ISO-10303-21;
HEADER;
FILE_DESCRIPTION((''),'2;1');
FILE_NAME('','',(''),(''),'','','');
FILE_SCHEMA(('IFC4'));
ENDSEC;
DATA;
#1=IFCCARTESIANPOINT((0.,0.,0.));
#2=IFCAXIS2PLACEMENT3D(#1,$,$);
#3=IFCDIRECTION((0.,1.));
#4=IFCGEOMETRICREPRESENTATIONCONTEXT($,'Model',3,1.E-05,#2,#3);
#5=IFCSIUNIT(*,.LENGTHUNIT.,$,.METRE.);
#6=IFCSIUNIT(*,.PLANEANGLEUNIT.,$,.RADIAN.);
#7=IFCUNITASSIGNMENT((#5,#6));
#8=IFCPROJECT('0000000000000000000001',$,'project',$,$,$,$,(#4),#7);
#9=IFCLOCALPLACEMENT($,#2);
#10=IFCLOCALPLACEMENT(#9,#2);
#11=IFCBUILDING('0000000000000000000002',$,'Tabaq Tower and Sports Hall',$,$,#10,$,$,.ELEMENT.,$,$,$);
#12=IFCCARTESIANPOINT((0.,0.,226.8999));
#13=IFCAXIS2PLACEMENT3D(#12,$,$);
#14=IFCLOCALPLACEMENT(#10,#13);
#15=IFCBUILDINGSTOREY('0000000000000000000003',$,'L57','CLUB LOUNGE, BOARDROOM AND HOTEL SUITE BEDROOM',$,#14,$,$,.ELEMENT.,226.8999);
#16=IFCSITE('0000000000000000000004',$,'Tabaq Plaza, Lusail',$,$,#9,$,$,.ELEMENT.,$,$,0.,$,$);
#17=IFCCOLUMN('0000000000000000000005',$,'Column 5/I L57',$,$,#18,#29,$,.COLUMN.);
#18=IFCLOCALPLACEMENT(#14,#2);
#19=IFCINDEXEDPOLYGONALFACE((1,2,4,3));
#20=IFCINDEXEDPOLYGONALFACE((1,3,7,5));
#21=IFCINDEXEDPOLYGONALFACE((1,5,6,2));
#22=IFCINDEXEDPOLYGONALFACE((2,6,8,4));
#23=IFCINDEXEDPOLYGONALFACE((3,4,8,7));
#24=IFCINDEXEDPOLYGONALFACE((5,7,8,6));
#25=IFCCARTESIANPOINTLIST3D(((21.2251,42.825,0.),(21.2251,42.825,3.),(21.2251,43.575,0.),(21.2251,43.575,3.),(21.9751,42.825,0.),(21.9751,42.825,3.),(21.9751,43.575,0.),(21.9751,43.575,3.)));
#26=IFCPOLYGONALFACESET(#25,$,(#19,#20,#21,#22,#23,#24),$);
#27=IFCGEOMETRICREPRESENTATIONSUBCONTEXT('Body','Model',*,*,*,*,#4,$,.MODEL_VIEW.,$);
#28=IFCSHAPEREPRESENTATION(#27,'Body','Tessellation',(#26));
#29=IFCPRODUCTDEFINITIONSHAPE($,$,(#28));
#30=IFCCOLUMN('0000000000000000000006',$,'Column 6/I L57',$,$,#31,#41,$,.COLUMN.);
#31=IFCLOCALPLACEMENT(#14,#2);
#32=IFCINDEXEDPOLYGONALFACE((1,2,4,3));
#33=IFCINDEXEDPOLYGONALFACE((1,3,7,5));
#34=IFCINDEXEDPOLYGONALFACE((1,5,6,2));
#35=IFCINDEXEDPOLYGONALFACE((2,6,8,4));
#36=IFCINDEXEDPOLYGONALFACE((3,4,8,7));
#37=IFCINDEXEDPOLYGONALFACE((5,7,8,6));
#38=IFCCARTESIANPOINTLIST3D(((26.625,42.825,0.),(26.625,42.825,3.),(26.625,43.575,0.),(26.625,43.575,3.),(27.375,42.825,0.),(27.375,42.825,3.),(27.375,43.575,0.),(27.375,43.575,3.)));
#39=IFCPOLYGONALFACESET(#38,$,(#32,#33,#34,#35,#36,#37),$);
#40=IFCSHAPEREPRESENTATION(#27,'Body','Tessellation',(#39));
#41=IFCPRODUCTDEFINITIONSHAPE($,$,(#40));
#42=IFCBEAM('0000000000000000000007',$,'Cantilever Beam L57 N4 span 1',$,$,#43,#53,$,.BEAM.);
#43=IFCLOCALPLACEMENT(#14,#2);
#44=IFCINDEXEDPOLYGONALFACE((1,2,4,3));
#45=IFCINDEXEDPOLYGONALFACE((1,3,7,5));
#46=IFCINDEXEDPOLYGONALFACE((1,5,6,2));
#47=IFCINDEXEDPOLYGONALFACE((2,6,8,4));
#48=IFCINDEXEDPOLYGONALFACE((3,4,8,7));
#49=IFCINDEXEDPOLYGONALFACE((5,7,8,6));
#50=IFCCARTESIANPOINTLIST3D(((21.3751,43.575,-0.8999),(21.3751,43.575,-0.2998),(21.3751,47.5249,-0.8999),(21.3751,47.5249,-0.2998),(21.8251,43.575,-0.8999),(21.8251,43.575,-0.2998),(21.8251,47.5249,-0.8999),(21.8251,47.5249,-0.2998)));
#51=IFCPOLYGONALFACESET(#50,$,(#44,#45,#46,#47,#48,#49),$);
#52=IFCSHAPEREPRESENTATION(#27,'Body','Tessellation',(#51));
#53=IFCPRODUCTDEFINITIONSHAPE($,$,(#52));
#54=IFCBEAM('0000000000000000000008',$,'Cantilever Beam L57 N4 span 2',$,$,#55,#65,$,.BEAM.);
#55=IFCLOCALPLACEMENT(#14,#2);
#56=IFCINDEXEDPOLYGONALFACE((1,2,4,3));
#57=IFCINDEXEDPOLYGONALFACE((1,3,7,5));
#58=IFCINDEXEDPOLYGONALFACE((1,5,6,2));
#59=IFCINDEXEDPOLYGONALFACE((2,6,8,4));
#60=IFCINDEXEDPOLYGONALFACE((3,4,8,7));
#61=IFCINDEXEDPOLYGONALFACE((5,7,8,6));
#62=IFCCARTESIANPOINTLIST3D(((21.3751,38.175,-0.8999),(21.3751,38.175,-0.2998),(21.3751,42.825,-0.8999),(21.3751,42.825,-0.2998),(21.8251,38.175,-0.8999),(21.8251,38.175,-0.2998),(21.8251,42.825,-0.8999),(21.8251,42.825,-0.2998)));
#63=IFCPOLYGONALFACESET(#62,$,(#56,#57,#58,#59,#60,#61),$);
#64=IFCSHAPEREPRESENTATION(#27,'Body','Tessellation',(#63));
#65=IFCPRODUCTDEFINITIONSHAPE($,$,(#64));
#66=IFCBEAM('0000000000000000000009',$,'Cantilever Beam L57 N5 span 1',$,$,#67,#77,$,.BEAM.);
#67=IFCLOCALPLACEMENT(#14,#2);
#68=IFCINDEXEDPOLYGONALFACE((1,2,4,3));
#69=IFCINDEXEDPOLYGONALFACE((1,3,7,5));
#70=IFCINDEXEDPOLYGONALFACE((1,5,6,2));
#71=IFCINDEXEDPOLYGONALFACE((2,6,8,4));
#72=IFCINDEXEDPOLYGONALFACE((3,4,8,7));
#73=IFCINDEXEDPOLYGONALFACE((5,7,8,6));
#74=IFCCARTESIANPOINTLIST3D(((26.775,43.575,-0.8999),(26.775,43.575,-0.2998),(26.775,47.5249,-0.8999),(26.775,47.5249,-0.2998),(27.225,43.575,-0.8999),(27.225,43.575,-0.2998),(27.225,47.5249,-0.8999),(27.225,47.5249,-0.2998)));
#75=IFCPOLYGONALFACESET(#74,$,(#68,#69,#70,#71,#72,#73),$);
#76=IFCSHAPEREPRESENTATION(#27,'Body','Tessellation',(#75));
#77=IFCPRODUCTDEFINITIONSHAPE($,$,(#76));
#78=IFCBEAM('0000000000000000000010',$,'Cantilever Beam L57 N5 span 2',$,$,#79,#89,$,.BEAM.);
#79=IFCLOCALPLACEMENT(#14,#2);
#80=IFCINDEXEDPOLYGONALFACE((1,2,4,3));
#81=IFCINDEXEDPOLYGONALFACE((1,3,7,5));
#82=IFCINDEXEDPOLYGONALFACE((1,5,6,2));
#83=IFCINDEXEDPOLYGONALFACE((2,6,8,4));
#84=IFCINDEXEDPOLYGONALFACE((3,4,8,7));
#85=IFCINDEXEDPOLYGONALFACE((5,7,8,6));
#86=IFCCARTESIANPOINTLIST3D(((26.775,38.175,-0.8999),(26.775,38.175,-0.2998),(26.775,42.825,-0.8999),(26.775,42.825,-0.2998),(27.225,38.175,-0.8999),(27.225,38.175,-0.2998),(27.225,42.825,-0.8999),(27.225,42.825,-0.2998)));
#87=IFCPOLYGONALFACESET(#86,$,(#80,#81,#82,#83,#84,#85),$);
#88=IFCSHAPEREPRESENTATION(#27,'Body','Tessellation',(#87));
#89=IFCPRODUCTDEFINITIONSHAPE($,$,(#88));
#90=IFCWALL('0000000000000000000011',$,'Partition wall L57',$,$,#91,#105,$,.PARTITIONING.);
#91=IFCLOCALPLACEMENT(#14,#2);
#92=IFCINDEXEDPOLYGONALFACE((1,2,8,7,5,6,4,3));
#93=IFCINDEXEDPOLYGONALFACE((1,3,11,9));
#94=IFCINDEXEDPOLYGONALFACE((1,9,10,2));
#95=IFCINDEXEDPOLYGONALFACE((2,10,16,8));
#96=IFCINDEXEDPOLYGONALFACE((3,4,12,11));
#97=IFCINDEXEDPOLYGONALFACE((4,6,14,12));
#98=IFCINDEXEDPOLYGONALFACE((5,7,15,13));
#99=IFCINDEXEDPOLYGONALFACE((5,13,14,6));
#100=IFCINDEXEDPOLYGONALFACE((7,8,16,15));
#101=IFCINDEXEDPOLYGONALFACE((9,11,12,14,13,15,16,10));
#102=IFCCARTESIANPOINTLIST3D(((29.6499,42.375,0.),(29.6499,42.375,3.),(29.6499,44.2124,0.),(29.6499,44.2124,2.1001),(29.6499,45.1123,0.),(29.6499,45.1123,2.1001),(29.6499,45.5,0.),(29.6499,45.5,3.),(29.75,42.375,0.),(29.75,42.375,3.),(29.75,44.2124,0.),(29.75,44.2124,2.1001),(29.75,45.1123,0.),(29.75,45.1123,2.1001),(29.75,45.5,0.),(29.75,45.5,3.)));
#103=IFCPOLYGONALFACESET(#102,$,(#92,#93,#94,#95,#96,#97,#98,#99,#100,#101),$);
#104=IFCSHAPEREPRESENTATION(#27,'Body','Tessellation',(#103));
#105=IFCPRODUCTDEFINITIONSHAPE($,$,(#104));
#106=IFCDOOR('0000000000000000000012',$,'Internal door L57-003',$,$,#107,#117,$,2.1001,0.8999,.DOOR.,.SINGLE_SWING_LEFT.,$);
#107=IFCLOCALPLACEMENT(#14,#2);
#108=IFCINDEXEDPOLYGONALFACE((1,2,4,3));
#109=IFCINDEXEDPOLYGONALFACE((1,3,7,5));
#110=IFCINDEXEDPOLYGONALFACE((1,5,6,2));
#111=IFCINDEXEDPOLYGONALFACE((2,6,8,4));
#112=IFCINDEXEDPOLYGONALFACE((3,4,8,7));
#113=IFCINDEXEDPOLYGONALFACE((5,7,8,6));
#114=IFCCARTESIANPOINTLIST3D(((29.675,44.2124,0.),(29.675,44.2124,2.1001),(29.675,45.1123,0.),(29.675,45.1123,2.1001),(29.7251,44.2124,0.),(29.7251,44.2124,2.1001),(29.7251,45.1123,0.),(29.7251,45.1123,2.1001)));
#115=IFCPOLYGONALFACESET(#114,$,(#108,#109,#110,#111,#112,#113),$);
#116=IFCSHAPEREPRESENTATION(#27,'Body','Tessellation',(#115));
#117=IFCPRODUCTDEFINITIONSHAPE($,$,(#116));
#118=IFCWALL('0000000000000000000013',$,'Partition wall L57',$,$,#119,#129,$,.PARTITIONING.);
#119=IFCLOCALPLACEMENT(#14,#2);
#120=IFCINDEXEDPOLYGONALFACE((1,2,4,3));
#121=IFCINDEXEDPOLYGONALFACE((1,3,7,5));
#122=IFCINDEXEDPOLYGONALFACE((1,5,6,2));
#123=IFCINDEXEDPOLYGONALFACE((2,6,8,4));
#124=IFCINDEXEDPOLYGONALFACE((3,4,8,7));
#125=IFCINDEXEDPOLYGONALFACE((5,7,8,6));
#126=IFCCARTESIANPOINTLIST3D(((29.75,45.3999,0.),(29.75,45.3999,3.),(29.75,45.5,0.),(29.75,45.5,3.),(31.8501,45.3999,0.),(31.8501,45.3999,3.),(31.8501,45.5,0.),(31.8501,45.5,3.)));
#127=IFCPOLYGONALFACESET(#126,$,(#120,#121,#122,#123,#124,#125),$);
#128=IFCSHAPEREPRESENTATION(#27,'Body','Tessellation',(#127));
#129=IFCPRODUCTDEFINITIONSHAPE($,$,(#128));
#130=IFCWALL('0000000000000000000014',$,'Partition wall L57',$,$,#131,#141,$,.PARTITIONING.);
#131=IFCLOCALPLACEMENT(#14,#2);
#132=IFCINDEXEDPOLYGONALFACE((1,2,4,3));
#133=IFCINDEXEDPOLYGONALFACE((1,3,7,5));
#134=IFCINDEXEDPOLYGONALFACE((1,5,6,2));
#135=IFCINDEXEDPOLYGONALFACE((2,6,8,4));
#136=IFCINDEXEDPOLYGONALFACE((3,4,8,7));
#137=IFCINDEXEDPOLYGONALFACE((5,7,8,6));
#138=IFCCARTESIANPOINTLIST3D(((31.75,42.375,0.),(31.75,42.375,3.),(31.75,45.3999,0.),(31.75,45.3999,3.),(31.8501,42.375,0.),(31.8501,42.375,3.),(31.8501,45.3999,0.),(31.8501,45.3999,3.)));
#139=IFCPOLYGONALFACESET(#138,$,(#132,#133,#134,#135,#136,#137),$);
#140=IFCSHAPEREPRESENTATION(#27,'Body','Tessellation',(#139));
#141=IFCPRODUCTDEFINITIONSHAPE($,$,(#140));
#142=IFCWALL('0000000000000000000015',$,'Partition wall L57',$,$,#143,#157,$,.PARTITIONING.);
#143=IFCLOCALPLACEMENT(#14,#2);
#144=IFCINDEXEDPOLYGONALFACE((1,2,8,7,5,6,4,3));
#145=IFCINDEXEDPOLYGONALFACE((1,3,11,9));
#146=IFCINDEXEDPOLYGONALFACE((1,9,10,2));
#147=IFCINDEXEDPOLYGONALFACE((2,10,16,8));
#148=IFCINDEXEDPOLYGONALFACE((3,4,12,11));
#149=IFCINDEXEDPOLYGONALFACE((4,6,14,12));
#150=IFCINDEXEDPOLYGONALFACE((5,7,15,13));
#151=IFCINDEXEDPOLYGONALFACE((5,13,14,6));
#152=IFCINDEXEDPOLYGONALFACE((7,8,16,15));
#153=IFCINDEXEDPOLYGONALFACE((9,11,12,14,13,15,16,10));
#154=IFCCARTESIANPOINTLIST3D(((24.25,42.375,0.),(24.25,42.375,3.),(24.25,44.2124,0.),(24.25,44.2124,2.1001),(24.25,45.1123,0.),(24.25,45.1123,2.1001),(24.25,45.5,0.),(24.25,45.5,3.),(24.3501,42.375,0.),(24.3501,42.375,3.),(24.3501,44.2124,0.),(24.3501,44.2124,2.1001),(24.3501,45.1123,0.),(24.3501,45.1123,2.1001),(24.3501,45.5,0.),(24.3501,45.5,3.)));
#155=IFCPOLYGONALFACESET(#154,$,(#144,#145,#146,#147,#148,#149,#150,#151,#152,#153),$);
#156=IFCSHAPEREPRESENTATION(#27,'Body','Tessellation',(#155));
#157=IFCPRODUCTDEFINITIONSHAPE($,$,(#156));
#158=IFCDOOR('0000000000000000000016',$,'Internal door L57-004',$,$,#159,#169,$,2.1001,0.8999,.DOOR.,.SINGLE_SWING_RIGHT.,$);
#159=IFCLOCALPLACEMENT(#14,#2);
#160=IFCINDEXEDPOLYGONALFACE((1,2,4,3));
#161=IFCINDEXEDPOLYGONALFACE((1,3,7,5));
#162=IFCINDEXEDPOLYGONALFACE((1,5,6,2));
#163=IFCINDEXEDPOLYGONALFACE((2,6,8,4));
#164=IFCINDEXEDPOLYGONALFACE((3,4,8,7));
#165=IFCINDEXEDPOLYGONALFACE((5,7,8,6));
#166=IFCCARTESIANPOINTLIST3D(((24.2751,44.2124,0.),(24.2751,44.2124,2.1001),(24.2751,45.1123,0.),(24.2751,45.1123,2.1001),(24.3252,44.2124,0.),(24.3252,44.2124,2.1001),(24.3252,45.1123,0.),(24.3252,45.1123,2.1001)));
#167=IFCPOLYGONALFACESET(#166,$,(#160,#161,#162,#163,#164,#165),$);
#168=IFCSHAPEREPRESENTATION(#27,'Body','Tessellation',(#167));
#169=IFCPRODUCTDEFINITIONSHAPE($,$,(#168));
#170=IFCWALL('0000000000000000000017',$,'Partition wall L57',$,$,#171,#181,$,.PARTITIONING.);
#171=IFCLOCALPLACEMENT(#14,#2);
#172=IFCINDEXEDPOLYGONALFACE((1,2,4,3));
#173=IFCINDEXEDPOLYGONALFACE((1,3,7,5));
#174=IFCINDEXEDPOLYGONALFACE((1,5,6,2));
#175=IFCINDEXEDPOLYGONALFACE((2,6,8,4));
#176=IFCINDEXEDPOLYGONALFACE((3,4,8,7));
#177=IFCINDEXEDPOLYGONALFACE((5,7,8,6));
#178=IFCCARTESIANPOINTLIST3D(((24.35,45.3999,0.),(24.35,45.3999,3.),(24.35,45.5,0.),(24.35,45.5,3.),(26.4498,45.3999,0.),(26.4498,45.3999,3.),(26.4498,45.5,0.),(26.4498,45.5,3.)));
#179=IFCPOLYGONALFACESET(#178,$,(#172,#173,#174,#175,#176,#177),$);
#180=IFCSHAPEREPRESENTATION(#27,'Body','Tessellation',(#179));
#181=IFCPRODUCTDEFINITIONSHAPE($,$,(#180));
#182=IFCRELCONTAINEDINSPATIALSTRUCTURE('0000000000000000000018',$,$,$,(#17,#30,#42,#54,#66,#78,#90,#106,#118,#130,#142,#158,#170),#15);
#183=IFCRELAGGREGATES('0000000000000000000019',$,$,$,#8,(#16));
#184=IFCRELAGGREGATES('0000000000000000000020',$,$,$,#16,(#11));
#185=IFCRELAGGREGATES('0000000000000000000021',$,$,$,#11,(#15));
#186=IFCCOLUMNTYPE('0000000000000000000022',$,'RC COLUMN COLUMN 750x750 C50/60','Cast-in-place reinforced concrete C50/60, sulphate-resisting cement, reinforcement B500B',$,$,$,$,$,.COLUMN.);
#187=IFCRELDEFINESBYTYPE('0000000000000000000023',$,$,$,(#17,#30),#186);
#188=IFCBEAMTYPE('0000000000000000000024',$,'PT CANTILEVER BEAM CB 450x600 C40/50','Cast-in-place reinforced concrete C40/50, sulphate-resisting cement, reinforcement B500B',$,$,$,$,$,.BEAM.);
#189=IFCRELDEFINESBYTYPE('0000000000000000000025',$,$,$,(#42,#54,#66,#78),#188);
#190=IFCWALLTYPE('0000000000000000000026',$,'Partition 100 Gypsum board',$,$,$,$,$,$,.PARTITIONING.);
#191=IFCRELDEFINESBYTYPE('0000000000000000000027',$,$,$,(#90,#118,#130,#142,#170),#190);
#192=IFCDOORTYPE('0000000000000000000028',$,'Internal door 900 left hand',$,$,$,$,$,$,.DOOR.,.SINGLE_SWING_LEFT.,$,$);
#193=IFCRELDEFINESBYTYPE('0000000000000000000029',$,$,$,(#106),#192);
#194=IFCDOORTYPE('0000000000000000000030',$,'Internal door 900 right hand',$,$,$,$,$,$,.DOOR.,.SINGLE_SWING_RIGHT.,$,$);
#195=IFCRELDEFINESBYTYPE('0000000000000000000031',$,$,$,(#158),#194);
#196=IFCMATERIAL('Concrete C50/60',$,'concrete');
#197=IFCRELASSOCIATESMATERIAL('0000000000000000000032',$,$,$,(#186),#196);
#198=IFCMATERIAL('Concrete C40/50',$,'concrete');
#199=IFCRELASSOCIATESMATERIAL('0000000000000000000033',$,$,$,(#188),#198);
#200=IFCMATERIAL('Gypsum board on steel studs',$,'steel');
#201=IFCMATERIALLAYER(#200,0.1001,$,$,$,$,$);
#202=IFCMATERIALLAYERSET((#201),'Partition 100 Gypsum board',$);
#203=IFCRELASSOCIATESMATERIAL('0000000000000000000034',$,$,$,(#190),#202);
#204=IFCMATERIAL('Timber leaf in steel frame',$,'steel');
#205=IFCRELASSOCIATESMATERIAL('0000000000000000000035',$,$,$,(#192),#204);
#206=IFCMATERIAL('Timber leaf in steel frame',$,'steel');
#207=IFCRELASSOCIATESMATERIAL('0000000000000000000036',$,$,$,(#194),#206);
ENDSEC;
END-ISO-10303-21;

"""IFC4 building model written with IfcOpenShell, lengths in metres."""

from ifc_helpers import new_model, si_unit, direction, frame, frame_2d, origin, origin_2d, place, context, subcontext, project, spatial, rectangle, extrude, material, layer, layer_set, material_profile, profile_set, type_object, element, fill, save


model = new_model("IFC4")

# Units and contexts
model_context = context("Model", 3, precision=1e-05, world=origin(), true_north=direction((0.0, 1.0)))
body_context = subcontext(model_context, "Body", "Model", "MODEL_VIEW")
ifc_project = project(units=[si_unit("LENGTHUNIT", "METRE"), si_unit("PLANEANGLEUNIT", "RADIAN")], contexts=[model_context])

# Site, building, storey
site_placement = place(None, origin())
site = spatial("IfcSite", under=ifc_project, at=site_placement, Name="Tabaq Plaza, Lusail", CompositionType="ELEMENT", RefElevation=0.0)
building_placement = place(site_placement, origin())
building = spatial("IfcBuilding", under=site, at=building_placement, Name="Tabaq Tower and Sports Hall", CompositionType="ELEMENT")
storey_placement = place(building_placement, frame((0.0, 0.0, 226.8999)))
storey = spatial("IfcBuildingStorey", under=building, at=storey_placement, Name="L57", Description="CLUB LOUNGE, BOARDROOM AND HOTEL SUITE BEDROOM", CompositionType="ELEMENT", Elevation=226.8999)

# Columns
ifc_material_1 = material(Name="Concrete C50/60", Category="concrete")
ifc_material_profile_1 = material_profile(ifc_material_1, rectangle(XDim=0.75, YDim=0.75, at=origin_2d()), Name="COLUMN 750x750")
ifc_profile_set_1 = profile_set([ifc_material_profile_1], Name="Concrete C50/60")
column_type = type_object("IfcColumnType", Name="RC COLUMN COLUMN 750x750 C50/60", Description="Cast-in-place reinforced concrete C50/60, sulphate-resisting cement, reinforcement B500B", PredefinedType="COLUMN", material=ifc_profile_set_1)
for number, where, z_axis, x_axis, name in (
    (1, (21.6001, 43.2, 0.0), (0.0, 0.0, 1.0), (1.0, 0.0, 0.0), "Column 5/I L57"),
    (2, (27.0, 43.2, 0.0), (0.0, 0.0, 1.0), (1.0, 0.0, 0.0), "Column 6/I L57"),
):
    element("IfcColumn", number, at=place(storey_placement, frame(where, z_axis=z_axis, x_axis=x_axis)), inside=storey, type_object=column_type, Name=name, PredefinedType="COLUMN", context=body_context, shape_type="SweptSolid", body=[
        extrude(rectangle(XDim=0.75, YDim=0.75, at=origin_2d()), origin(), (0.0, 0.0, 1.0), 3.0),
    ])

# Beams
ifc_material_2 = material(Name="Concrete C40/50", Category="concrete")
ifc_material_profile_2 = material_profile(ifc_material_2, rectangle(XDim=0.45, YDim=0.6001, at=origin_2d()), Name="CB 450x600")
ifc_profile_set_2 = profile_set([ifc_material_profile_2], Name="Concrete C40/50")
beam_type = type_object("IfcBeamType", Name="PT CANTILEVER BEAM CB 450x600 C40/50", Description="Cast-in-place reinforced concrete C40/50, sulphate-resisting cement, reinforcement B500B", PredefinedType="BEAM", material=ifc_profile_set_2)
beam_1_placement = place(storey_placement, frame((21.6001, 47.5249, -0.5999), z_axis=(0.0, -1.0, 0.0), x_axis=(1.0, 0.0, 0.0)))
element("IfcBeam", 3, at=beam_1_placement, inside=storey, type_object=beam_type, Name="Cantilever Beam L57 N4 span 1", PredefinedType="BEAM", context=body_context, shape_type="SweptSolid", body=[
    extrude(rectangle(XDim=0.45, YDim=0.6001, at=origin_2d()), origin(), (0.0, 0.0, 1.0), 3.95),
])
beam_2_placement = place(storey_placement, frame((21.6001, 42.825, -0.5999), z_axis=(0.0, -1.0, 0.0), x_axis=(1.0, 0.0, 0.0)))
element("IfcBeam", 4, at=beam_2_placement, inside=storey, type_object=beam_type, Name="Cantilever Beam L57 N4 span 2", PredefinedType="BEAM", context=body_context, shape_type="SweptSolid", body=[
    extrude(rectangle(XDim=0.45, YDim=0.6001, at=origin_2d()), origin(), (0.0, 0.0, 1.0), 4.6499),
])
beam_3_placement = place(storey_placement, frame((27.0, 47.5249, -0.5999), z_axis=(0.0, -1.0, 0.0), x_axis=(1.0, 0.0, 0.0)))
element("IfcBeam", 5, at=beam_3_placement, inside=storey, type_object=beam_type, Name="Cantilever Beam L57 N5 span 1", PredefinedType="BEAM", context=body_context, shape_type="SweptSolid", body=[
    extrude(rectangle(XDim=0.45, YDim=0.6001, at=origin_2d()), origin(), (0.0, 0.0, 1.0), 3.95),
])
beam_4_placement = place(storey_placement, frame((27.0, 42.825, -0.5999), z_axis=(0.0, -1.0, 0.0), x_axis=(1.0, 0.0, 0.0)))
element("IfcBeam", 6, at=beam_4_placement, inside=storey, type_object=beam_type, Name="Cantilever Beam L57 N5 span 2", PredefinedType="BEAM", context=body_context, shape_type="SweptSolid", body=[
    extrude(rectangle(XDim=0.45, YDim=0.6001, at=origin_2d()), origin(), (0.0, 0.0, 1.0), 4.6499),
])

# Wall, opening, door
ifc_material_3 = material(Name="Gypsum board on steel studs", Category="steel")
ifc_layer_1 = layer(ifc_material_3, 0.1001)
ifc_layer_set_1 = layer_set([ifc_layer_1], Name="Partition 100 Gypsum board")
wall_type_1 = type_object("IfcWallType", Name="Partition 100 Gypsum board", PredefinedType="PARTITIONING", material=ifc_layer_set_1)
wall_1_placement = place(storey_placement, frame((29.7, 42.375, 0.0), z_axis=(0.0, 0.0, 1.0), x_axis=(0.0, 1.0, 0.0)))
wall_1 = element("IfcWall", 7, at=wall_1_placement, inside=storey, type_object=wall_type_1, Name="Partition wall L57", PredefinedType="PARTITIONING", context=body_context, shape_type="SweptSolid", body=[
    extrude(rectangle(XDim=3.125, YDim=0.1001, at=frame_2d((1.5625, 0.0))), origin(), (0.0, 0.0, 1.0), 3.0),
])
opening_1_placement = place(wall_1_placement, frame((1.8374, 0.0, 0.0)))
opening_1 = element("IfcOpeningElement", 8, at=opening_1_placement, cuts=wall_1, PredefinedType="OPENING", context=body_context, shape_type="SweptSolid", body=[
    extrude(rectangle(XDim=0.8999, YDim=2.1001, at=frame_2d((0.45, 1.05))), frame((0.0, 0.05, 0.0), z_axis=(0.0, -1.0, 0.0), x_axis=(1.0, 0.0, 0.0)), (0.0, 0.0, 1.0), 0.1001),
])
ifc_material_4 = material(Name="Timber leaf in steel frame", Category="steel")
door_type_1 = type_object("IfcDoorType", Name="Internal door 900 left hand", OperationType="SINGLE_SWING_LEFT", PredefinedType="DOOR", material=ifc_material_4)
door_1_placement = place(opening_1_placement, origin())
door_1 = element("IfcDoor", 9, at=door_1_placement, inside=storey, type_object=door_type_1, Name="Internal door L57-003", OperationType="SINGLE_SWING_LEFT", OverallHeight=2.1001, OverallWidth=0.8999, PredefinedType="DOOR", context=body_context, shape_type="SweptSolid", body=[
    extrude(rectangle(XDim=0.8999, YDim=2.1001, at=frame_2d((0.45, 1.05))), frame((0.0, 0.0249, 0.0), z_axis=(0.0, -1.0, 0.0), x_axis=(1.0, 0.0, 0.0)), (0.0, 0.0, 1.0), 0.05),
])
fill(opening_1, door_1)

# Walls
wall_2_placement = place(storey_placement, frame((29.75, 45.45, 0.0), z_axis=(0.0, 0.0, 1.0), x_axis=(1.0, 0.0, 0.0)))
element("IfcWall", 10, at=wall_2_placement, inside=storey, type_object=wall_type_1, Name="Partition wall L57", PredefinedType="PARTITIONING", context=body_context, shape_type="SweptSolid", body=[
    extrude(rectangle(XDim=2.1001, YDim=0.1001, at=frame_2d((1.05, 0.0))), origin(), (0.0, 0.0, 1.0), 3.0),
])
wall_3_placement = place(storey_placement, frame((31.8, 45.3999, 0.0), z_axis=(0.0, 0.0, 1.0), x_axis=(0.0, -1.0, 0.0)))
element("IfcWall", 11, at=wall_3_placement, inside=storey, type_object=wall_type_1, Name="Partition wall L57", PredefinedType="PARTITIONING", context=body_context, shape_type="SweptSolid", body=[
    extrude(rectangle(XDim=3.0249, YDim=0.1001, at=frame_2d((1.5125, 0.0))), origin(), (0.0, 0.0, 1.0), 3.0),
])

# Wall, opening, door
wall_4_placement = place(storey_placement, frame((24.3, 42.375, 0.0), z_axis=(0.0, 0.0, 1.0), x_axis=(0.0, 1.0, 0.0)))
wall_4 = element("IfcWall", 12, at=wall_4_placement, inside=storey, type_object=wall_type_1, Name="Partition wall L57", PredefinedType="PARTITIONING", context=body_context, shape_type="SweptSolid", body=[
    extrude(rectangle(XDim=3.125, YDim=0.1001, at=frame_2d((1.5625, 0.0))), origin(), (0.0, 0.0, 1.0), 3.0),
])
opening_2_placement = place(wall_4_placement, frame((1.8374, 0.0, 0.0)))
opening_2 = element("IfcOpeningElement", 13, at=opening_2_placement, cuts=wall_4, PredefinedType="OPENING", context=body_context, shape_type="SweptSolid", body=[
    extrude(rectangle(XDim=0.8999, YDim=2.1001, at=frame_2d((0.45, 1.05))), frame((0.0, 0.05, 0.0), z_axis=(0.0, -1.0, 0.0), x_axis=(1.0, 0.0, 0.0)), (0.0, 0.0, 1.0), 0.1001),
])
ifc_material_5 = material(Name="Timber leaf in steel frame", Category="steel")
door_type_2 = type_object("IfcDoorType", Name="Internal door 900 right hand", OperationType="SINGLE_SWING_RIGHT", PredefinedType="DOOR", material=ifc_material_5)
door_2_placement = place(opening_2_placement, origin())
door_2 = element("IfcDoor", 14, at=door_2_placement, inside=storey, type_object=door_type_2, Name="Internal door L57-004", OperationType="SINGLE_SWING_RIGHT", OverallHeight=2.1001, OverallWidth=0.8999, PredefinedType="DOOR", context=body_context, shape_type="SweptSolid", body=[
    extrude(rectangle(XDim=0.8999, YDim=2.1001, at=frame_2d((0.45, 1.05))), frame((0.0, 0.0249, 0.0), z_axis=(0.0, -1.0, 0.0), x_axis=(1.0, 0.0, 0.0)), (0.0, 0.0, 1.0), 0.05),
])
fill(opening_2, door_2)

# Wall
wall_5_placement = place(storey_placement, frame((24.3501, 45.45, 0.0), z_axis=(0.0, 0.0, 1.0), x_axis=(1.0, 0.0, 0.0)))
element("IfcWall", 15, at=wall_5_placement, inside=storey, type_object=wall_type_1, Name="Partition wall L57", PredefinedType="PARTITIONING", context=body_context, shape_type="SweptSolid", body=[
    extrude(rectangle(XDim=2.0999, YDim=0.1001, at=frame_2d((1.0498, 0.0))), origin(), (0.0, 0.0, 1.0), 3.0),
])

save(model, "model.ifc")
